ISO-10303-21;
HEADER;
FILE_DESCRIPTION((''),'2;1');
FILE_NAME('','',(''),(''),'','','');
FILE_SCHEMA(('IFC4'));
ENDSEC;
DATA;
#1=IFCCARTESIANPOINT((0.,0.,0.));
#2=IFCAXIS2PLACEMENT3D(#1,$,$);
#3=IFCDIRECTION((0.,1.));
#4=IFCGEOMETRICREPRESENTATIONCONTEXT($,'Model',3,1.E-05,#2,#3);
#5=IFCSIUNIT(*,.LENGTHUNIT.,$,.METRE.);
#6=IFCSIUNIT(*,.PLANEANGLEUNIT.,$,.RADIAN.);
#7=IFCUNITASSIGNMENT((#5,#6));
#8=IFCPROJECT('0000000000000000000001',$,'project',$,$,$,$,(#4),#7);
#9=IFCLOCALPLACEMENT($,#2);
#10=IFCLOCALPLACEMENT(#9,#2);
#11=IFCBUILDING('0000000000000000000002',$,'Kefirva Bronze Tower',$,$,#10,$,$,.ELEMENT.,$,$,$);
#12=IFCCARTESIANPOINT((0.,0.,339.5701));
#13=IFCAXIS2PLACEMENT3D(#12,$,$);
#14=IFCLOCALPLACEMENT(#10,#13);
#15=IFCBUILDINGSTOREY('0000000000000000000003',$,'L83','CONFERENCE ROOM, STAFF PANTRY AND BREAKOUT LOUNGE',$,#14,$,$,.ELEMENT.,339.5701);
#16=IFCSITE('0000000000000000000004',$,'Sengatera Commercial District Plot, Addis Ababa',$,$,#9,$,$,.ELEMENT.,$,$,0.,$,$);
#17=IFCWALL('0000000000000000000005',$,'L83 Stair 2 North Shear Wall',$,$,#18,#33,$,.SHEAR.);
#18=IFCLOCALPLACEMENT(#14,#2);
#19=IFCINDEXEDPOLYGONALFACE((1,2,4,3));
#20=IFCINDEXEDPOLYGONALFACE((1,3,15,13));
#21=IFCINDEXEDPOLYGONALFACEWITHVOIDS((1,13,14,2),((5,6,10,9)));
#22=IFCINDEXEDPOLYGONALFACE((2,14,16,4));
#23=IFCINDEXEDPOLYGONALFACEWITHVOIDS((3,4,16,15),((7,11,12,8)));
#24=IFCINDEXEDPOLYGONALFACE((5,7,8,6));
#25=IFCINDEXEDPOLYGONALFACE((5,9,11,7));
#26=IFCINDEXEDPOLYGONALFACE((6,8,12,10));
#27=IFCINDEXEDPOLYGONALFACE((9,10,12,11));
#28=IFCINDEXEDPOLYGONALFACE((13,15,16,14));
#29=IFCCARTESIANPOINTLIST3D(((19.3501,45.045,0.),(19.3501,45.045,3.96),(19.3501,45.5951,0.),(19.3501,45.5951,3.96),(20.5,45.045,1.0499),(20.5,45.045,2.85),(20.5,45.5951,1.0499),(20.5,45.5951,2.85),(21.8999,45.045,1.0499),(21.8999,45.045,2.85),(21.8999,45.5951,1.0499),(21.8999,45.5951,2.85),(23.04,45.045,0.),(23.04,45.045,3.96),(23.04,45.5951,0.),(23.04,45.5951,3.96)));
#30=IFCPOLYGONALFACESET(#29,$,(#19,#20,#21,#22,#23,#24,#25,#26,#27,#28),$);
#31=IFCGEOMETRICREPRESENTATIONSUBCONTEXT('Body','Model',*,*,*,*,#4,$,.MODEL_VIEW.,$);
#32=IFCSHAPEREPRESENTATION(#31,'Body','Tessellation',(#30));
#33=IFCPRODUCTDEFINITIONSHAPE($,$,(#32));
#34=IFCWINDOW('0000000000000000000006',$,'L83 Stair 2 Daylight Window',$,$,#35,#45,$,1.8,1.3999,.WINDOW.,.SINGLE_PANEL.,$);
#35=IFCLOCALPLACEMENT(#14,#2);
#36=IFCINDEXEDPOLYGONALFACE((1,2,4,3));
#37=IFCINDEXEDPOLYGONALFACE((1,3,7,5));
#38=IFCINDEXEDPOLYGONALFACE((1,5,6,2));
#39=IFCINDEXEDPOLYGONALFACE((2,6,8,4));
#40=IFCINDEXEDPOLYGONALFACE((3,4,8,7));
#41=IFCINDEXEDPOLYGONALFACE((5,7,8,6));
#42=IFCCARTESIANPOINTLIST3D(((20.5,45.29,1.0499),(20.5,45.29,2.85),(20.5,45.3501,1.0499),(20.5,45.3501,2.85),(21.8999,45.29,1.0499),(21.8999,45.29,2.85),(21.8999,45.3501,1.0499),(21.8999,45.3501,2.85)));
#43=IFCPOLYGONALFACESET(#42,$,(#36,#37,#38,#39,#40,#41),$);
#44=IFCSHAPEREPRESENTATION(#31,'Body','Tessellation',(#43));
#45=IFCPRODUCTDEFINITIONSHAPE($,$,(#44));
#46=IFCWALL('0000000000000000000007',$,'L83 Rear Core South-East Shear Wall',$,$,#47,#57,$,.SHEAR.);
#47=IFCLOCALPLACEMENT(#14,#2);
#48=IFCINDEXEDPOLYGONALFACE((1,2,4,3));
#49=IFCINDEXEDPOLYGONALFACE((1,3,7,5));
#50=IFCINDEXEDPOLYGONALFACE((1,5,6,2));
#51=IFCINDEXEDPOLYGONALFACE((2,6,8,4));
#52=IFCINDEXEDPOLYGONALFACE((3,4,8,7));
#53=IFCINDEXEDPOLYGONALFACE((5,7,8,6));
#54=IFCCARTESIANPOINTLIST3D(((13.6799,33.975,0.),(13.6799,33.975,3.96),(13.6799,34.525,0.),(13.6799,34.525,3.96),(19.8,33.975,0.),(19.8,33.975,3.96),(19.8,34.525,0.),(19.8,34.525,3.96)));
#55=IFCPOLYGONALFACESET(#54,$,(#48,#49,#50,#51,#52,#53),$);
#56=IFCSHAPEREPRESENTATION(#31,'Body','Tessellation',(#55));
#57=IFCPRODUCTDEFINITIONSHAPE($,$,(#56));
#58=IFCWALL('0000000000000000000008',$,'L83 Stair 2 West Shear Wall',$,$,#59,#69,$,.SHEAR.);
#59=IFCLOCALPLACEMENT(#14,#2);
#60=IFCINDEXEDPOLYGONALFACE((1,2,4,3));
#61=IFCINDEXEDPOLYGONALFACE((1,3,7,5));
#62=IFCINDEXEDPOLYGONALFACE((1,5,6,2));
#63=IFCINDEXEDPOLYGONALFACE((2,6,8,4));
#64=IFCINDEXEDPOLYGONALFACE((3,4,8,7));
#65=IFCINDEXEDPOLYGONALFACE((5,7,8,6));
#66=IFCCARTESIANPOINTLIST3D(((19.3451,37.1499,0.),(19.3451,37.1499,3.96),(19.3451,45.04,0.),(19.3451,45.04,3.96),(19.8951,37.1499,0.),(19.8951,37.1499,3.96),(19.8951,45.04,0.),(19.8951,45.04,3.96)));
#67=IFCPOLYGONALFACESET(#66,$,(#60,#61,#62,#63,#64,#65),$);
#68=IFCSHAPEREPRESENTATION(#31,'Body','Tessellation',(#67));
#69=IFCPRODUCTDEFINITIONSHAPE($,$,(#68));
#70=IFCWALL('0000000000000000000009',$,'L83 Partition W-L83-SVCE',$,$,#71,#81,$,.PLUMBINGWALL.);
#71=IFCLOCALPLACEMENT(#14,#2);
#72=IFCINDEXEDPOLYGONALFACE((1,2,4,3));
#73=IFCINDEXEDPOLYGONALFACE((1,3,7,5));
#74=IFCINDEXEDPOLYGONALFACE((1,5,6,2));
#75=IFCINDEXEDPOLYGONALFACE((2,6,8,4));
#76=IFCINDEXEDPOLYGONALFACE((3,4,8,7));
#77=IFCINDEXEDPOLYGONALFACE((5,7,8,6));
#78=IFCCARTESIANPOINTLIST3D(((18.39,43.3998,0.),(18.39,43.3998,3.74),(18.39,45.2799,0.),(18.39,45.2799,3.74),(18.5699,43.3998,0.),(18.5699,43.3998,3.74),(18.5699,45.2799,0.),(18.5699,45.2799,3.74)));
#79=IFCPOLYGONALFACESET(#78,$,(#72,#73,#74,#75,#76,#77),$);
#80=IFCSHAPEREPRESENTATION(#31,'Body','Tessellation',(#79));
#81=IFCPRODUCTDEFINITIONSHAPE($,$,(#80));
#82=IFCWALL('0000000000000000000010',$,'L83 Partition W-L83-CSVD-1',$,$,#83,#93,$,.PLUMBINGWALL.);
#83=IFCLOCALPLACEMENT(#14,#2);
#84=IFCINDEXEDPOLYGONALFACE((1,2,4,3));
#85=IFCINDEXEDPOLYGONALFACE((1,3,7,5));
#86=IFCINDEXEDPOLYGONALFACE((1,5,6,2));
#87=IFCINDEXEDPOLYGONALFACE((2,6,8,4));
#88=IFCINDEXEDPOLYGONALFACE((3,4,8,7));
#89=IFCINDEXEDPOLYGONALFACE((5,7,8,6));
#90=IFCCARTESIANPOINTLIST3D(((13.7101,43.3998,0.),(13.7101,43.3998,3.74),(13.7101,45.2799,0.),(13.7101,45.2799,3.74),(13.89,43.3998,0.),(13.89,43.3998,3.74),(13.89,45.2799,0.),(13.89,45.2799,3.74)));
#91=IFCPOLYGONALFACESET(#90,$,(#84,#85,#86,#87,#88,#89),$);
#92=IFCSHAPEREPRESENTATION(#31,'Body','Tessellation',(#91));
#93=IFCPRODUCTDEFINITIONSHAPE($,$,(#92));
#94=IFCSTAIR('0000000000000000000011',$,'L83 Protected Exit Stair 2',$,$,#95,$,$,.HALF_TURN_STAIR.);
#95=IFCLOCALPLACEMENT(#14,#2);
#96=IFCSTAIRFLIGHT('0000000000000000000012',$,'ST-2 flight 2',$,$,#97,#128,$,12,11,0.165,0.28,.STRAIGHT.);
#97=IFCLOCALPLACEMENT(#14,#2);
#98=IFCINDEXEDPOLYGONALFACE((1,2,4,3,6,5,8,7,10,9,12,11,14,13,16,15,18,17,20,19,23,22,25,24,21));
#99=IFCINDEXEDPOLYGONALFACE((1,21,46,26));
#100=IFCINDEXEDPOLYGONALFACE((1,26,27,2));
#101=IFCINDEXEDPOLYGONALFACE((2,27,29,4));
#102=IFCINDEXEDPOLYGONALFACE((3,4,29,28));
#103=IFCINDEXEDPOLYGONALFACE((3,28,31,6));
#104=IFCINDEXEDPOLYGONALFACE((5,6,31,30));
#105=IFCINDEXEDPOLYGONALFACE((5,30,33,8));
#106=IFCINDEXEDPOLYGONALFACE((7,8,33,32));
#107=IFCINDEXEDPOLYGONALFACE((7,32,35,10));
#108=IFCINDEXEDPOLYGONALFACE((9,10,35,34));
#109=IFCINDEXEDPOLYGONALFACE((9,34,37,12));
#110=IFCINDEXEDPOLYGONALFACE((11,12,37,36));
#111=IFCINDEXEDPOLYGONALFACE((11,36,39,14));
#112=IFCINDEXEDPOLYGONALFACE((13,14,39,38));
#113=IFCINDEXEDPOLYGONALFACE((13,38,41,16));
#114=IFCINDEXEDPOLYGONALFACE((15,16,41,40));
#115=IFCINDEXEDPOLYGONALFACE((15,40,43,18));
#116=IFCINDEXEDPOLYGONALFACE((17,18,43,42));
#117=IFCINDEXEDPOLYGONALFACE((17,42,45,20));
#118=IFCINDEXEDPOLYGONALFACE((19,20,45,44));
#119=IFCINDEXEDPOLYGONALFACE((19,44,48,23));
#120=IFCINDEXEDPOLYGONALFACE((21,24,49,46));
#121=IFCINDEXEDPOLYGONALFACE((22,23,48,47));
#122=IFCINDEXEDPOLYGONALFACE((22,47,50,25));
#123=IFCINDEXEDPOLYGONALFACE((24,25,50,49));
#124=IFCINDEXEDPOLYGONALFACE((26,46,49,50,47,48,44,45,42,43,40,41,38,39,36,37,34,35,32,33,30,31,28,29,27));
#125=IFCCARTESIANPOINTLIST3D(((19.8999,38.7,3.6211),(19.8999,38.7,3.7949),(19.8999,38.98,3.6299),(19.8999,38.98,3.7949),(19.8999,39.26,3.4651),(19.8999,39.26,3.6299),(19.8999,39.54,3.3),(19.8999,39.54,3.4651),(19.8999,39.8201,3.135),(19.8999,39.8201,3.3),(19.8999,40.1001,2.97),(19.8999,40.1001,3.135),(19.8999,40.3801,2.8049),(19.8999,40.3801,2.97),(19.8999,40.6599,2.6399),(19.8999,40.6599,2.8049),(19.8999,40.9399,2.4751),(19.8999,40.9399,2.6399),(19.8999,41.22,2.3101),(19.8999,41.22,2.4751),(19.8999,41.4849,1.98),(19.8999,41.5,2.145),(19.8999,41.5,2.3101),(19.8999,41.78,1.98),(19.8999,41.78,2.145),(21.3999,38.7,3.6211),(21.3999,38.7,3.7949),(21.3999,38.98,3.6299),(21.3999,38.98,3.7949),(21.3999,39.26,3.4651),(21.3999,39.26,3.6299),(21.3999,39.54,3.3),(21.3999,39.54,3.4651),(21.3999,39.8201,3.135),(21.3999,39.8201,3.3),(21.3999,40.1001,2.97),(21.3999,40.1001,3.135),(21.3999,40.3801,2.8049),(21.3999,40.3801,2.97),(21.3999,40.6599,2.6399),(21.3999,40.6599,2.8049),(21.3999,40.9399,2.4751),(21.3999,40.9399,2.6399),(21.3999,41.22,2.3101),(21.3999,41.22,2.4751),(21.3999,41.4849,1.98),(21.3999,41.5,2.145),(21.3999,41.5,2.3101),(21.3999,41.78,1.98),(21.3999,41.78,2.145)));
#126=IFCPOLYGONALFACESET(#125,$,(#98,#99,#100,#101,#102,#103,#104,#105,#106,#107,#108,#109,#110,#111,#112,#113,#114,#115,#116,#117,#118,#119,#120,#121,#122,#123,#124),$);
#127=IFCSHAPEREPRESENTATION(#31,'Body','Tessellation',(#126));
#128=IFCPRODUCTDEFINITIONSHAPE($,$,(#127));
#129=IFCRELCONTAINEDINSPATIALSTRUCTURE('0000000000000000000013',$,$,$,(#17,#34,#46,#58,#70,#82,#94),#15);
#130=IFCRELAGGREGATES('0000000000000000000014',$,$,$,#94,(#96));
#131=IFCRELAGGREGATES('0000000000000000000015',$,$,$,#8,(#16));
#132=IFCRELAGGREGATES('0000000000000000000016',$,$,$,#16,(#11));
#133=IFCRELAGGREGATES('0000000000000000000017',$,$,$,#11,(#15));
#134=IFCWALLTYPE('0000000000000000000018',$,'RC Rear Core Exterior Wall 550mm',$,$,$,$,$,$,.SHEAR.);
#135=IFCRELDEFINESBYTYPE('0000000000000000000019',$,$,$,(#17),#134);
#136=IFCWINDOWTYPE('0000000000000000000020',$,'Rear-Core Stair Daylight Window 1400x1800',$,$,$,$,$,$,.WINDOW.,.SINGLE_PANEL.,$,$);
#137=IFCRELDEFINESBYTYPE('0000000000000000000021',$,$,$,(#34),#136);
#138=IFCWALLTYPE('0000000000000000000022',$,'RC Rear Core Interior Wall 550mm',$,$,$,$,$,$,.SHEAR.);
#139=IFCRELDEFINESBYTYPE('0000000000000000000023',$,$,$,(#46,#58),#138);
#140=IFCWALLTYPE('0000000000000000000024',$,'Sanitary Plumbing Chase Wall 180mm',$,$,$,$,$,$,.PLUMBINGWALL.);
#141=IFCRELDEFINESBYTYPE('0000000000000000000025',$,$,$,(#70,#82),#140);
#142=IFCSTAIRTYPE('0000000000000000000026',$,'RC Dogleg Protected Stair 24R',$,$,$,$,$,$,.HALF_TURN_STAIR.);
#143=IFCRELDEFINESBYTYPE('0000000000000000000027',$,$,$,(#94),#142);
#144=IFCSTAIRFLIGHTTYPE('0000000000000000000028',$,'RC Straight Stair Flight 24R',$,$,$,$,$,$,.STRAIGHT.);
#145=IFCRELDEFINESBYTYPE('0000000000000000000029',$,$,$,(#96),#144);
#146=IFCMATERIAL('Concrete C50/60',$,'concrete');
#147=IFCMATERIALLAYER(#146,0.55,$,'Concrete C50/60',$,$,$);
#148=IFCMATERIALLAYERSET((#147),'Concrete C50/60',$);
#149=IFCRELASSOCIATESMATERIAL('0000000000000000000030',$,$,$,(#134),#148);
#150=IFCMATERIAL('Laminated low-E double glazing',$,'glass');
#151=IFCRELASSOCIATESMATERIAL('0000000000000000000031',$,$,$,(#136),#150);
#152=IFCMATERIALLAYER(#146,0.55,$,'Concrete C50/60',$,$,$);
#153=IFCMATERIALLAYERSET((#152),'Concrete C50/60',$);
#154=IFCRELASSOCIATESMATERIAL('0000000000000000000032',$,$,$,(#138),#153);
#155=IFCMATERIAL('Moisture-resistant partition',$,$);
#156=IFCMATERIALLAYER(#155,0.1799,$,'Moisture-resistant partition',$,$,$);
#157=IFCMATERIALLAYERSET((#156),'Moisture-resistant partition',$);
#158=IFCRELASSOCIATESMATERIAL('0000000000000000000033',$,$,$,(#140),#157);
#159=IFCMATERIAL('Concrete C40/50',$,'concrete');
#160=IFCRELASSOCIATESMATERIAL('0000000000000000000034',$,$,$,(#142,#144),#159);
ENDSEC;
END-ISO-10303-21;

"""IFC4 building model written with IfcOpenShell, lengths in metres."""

from ifc_helpers import new_model, si_unit, direction, frame, frame_2d, origin, place, context, subcontext, project, spatial, polyline, rectangle, outline, extrude, material, layer, layer_set, type_object, element, fill, aggregate, save


model = new_model("IFC4")

# Units and contexts
model_context = context("Model", 3, precision=1e-05, world=origin(), true_north=direction((0.0, 1.0)))
body_context = subcontext(model_context, "Body", "Model", "MODEL_VIEW")
ifc_project = project(units=[si_unit("LENGTHUNIT", "METRE"), si_unit("PLANEANGLEUNIT", "RADIAN")], contexts=[model_context])

# Site, building, storey
site_placement = place(None, origin())
site = spatial("IfcSite", under=ifc_project, at=site_placement, Name="Sengatera Commercial District Plot, Addis Ababa", CompositionType="ELEMENT", RefElevation=0.0)
building_placement = place(site_placement, origin())
building = spatial("IfcBuilding", under=site, at=building_placement, Name="Kefirva Bronze Tower", CompositionType="ELEMENT")
storey_placement = place(building_placement, frame((0.0, 0.0, 339.5701)))
storey = spatial("IfcBuildingStorey", under=building, at=storey_placement, Name="L83", Description="CONFERENCE ROOM, STAFF PANTRY AND BREAKOUT LOUNGE", CompositionType="ELEMENT", Elevation=339.5701)

# Shared definitions
ifc_material_1 = material(Name="Concrete C50/60", Category="concrete")

# Wall, opening, window
ifc_layer_1 = layer(ifc_material_1, 0.55, Name="Concrete C50/60")
ifc_layer_set_1 = layer_set([ifc_layer_1], Name="Concrete C50/60")
wall_type_1 = type_object("IfcWallType", Name="RC Rear Core Exterior Wall 550mm", PredefinedType="SHEAR", material=ifc_layer_set_1)
wall_1_placement = place(storey_placement, frame((19.3501, 45.3201, 0.0), z_axis=(0.0, 0.0, 1.0), x_axis=(1.0, 0.0, 0.0)))
wall_1 = element("IfcWall", 1, at=wall_1_placement, inside=storey, type_object=wall_type_1, Name="L83 Stair 2 North Shear Wall", PredefinedType="SHEAR", context=body_context, shape_type="SweptSolid", body=[
    extrude(rectangle(XDim=3.6899, YDim=0.55, at=frame_2d((1.845, 0.0))), origin(), (0.0, 0.0, 1.0), 3.96),
])
opening_1_placement = place(wall_1_placement, frame((1.1499, 0.0, 1.05)))
opening_1 = element("IfcOpeningElement", 2, at=opening_1_placement, cuts=wall_1, PredefinedType="OPENING", context=body_context, shape_type="SweptSolid", body=[
    extrude(rectangle(XDim=1.3999, YDim=1.8, at=frame_2d((0.7, 0.8999))), frame((0.0, 0.2852, 0.0), z_axis=(0.0, -1.0, 0.0), x_axis=(1.0, 0.0, 0.0)), (0.0, 0.0, 1.0), 0.5701),
])
ifc_material_2 = material(Name="Laminated low-E double glazing", Category="glass")
window_type = type_object("IfcWindowType", Name="Rear-Core Stair Daylight Window 1400x1800", PartitioningType="SINGLE_PANEL", PredefinedType="WINDOW", material=ifc_material_2)
window_placement = place(opening_1_placement, origin())
window = element("IfcWindow", 3, at=window_placement, inside=storey, type_object=window_type, Name="L83 Stair 2 Daylight Window", OverallHeight=1.8, OverallWidth=1.3999, PartitioningType="SINGLE_PANEL", PredefinedType="WINDOW", context=body_context, shape_type="SweptSolid", body=[
    extrude(rectangle(XDim=1.3999, YDim=1.8, at=frame_2d((0.7, 0.8999))), frame((0.0, 0.03, 0.0), z_axis=(0.0, -1.0, 0.0), x_axis=(1.0, 0.0, 0.0)), (0.0, 0.0, 1.0), 0.0601),
])
fill(opening_1, window)

# Walls
ifc_layer_2 = layer(ifc_material_1, 0.55, Name="Concrete C50/60")
ifc_layer_set_2 = layer_set([ifc_layer_2], Name="Concrete C50/60")
wall_type_2 = type_object("IfcWallType", Name="RC Rear Core Interior Wall 550mm", PredefinedType="SHEAR", material=ifc_layer_set_2)
wall_2_placement = place(storey_placement, frame((13.6799, 34.25, 0.0), z_axis=(0.0, 0.0, 1.0), x_axis=(1.0, 0.0, 0.0)))
element("IfcWall", 4, at=wall_2_placement, inside=storey, type_object=wall_type_2, Name="L83 Rear Core South-East Shear Wall", PredefinedType="SHEAR", context=body_context, shape_type="SweptSolid", body=[
    extrude(rectangle(XDim=6.1201, YDim=0.55, at=frame_2d((3.0601, 0.0))), origin(), (0.0, 0.0, 1.0), 3.96),
])
wall_3_placement = place(storey_placement, frame((19.6201, 37.1499, 0.0), z_axis=(0.0, 0.0, 1.0), x_axis=(0.0, 1.0, 0.0)))
element("IfcWall", 5, at=wall_3_placement, inside=storey, type_object=wall_type_2, Name="L83 Stair 2 West Shear Wall", PredefinedType="SHEAR", context=body_context, shape_type="SweptSolid", body=[
    extrude(rectangle(XDim=7.8901, YDim=0.55, at=frame_2d((3.9451, 0.0))), origin(), (0.0, 0.0, 1.0), 3.96),
])
ifc_material_3 = material(Name="Moisture-resistant partition")
ifc_layer_3 = layer(ifc_material_3, 0.1799, Name="Moisture-resistant partition")
ifc_layer_set_3 = layer_set([ifc_layer_3], Name="Moisture-resistant partition")
wall_type_3 = type_object("IfcWallType", Name="Sanitary Plumbing Chase Wall 180mm", PredefinedType="PLUMBINGWALL", material=ifc_layer_set_3)
for number, where, z_axis, x_axis, name in (
    (6, (18.48, 43.3999, 0.0), (0.0, 0.0, 1.0), (0.0, 1.0, 0.0), "L83 Partition W-L83-SVCE"),
    (7, (13.8, 43.3999, 0.0), (0.0, 0.0, 1.0), (0.0, 1.0, 0.0), "L83 Partition W-L83-CSVD-1"),
):
    element("IfcWall", number, at=place(storey_placement, frame(where, z_axis=z_axis, x_axis=x_axis)), inside=storey, type_object=wall_type_3, Name=name, PredefinedType="PLUMBINGWALL", context=body_context, shape_type="SweptSolid", body=[
        extrude(rectangle(XDim=1.8801, YDim=0.1799, at=frame_2d((0.9399, 0.0))), origin(), (0.0, 0.0, 1.0), 3.74),
    ])

# Stair, stair flight
ifc_material_4 = material(Name="Concrete C40/50", Category="concrete")
stair_type = type_object("IfcStairType", Name="RC Dogleg Protected Stair 24R", PredefinedType="HALF_TURN_STAIR", material=ifc_material_4)
stair_placement = place(storey_placement, origin())
stair = element("IfcStair", 8, at=stair_placement, inside=storey, type_object=stair_type, Name="L83 Protected Exit Stair 2", PredefinedType="HALF_TURN_STAIR")
stair_flight_type = type_object("IfcStairFlightType", Name="RC Straight Stair Flight 24R", PredefinedType="STRAIGHT", material=ifc_material_4)
stair_flight_placement = place(storey_placement, frame((20.6499, 41.78, 1.98), z_axis=(0.0, 0.0, 1.0), x_axis=(0.0, -1.0, 0.0)))
stair_flight = element("IfcStairFlight", 9, at=stair_flight_placement, type_object=stair_flight_type, Name="ST-2 flight 2", NumberOfRisers=12, NumberOfTreads=11, PredefinedType="STRAIGHT", RiserHeight=0.165, TreadLength=0.28, context=body_context, shape_type="SweptSolid", body=[
    extrude(outline(polyline([(0.0, 0.0), (0.0, 0.165), (0.28, 0.165), (0.28, 0.3301), (0.5601, 0.3301), (0.5601, 0.4951), (0.8401, 0.4951), (0.8401, 0.6599), (1.1201, 0.6599), (1.1201, 0.825), (1.3999, 0.825), (1.3999, 0.99), (1.6799, 0.99), (1.6799, 1.155), (1.96, 1.155), (1.96, 1.3201), (2.24, 1.3201), (2.24, 1.4851), (2.52, 1.4851), (2.52, 1.6499), (2.8, 1.6499), (2.8, 1.8149), (3.0801, 1.8149), (3.0801, 1.98), (3.0801, 1.6411), (0.2952, 0.0), (0.0, 0.0)])), frame((0.0, 0.75, 0.0), z_axis=(0.0, -1.0, 0.0), x_axis=(1.0, 0.0, 0.0)), (0.0, 0.0, 1.0), 1.5),
])
aggregate(stair, [stair_flight])

save(model, "model.ifc")
